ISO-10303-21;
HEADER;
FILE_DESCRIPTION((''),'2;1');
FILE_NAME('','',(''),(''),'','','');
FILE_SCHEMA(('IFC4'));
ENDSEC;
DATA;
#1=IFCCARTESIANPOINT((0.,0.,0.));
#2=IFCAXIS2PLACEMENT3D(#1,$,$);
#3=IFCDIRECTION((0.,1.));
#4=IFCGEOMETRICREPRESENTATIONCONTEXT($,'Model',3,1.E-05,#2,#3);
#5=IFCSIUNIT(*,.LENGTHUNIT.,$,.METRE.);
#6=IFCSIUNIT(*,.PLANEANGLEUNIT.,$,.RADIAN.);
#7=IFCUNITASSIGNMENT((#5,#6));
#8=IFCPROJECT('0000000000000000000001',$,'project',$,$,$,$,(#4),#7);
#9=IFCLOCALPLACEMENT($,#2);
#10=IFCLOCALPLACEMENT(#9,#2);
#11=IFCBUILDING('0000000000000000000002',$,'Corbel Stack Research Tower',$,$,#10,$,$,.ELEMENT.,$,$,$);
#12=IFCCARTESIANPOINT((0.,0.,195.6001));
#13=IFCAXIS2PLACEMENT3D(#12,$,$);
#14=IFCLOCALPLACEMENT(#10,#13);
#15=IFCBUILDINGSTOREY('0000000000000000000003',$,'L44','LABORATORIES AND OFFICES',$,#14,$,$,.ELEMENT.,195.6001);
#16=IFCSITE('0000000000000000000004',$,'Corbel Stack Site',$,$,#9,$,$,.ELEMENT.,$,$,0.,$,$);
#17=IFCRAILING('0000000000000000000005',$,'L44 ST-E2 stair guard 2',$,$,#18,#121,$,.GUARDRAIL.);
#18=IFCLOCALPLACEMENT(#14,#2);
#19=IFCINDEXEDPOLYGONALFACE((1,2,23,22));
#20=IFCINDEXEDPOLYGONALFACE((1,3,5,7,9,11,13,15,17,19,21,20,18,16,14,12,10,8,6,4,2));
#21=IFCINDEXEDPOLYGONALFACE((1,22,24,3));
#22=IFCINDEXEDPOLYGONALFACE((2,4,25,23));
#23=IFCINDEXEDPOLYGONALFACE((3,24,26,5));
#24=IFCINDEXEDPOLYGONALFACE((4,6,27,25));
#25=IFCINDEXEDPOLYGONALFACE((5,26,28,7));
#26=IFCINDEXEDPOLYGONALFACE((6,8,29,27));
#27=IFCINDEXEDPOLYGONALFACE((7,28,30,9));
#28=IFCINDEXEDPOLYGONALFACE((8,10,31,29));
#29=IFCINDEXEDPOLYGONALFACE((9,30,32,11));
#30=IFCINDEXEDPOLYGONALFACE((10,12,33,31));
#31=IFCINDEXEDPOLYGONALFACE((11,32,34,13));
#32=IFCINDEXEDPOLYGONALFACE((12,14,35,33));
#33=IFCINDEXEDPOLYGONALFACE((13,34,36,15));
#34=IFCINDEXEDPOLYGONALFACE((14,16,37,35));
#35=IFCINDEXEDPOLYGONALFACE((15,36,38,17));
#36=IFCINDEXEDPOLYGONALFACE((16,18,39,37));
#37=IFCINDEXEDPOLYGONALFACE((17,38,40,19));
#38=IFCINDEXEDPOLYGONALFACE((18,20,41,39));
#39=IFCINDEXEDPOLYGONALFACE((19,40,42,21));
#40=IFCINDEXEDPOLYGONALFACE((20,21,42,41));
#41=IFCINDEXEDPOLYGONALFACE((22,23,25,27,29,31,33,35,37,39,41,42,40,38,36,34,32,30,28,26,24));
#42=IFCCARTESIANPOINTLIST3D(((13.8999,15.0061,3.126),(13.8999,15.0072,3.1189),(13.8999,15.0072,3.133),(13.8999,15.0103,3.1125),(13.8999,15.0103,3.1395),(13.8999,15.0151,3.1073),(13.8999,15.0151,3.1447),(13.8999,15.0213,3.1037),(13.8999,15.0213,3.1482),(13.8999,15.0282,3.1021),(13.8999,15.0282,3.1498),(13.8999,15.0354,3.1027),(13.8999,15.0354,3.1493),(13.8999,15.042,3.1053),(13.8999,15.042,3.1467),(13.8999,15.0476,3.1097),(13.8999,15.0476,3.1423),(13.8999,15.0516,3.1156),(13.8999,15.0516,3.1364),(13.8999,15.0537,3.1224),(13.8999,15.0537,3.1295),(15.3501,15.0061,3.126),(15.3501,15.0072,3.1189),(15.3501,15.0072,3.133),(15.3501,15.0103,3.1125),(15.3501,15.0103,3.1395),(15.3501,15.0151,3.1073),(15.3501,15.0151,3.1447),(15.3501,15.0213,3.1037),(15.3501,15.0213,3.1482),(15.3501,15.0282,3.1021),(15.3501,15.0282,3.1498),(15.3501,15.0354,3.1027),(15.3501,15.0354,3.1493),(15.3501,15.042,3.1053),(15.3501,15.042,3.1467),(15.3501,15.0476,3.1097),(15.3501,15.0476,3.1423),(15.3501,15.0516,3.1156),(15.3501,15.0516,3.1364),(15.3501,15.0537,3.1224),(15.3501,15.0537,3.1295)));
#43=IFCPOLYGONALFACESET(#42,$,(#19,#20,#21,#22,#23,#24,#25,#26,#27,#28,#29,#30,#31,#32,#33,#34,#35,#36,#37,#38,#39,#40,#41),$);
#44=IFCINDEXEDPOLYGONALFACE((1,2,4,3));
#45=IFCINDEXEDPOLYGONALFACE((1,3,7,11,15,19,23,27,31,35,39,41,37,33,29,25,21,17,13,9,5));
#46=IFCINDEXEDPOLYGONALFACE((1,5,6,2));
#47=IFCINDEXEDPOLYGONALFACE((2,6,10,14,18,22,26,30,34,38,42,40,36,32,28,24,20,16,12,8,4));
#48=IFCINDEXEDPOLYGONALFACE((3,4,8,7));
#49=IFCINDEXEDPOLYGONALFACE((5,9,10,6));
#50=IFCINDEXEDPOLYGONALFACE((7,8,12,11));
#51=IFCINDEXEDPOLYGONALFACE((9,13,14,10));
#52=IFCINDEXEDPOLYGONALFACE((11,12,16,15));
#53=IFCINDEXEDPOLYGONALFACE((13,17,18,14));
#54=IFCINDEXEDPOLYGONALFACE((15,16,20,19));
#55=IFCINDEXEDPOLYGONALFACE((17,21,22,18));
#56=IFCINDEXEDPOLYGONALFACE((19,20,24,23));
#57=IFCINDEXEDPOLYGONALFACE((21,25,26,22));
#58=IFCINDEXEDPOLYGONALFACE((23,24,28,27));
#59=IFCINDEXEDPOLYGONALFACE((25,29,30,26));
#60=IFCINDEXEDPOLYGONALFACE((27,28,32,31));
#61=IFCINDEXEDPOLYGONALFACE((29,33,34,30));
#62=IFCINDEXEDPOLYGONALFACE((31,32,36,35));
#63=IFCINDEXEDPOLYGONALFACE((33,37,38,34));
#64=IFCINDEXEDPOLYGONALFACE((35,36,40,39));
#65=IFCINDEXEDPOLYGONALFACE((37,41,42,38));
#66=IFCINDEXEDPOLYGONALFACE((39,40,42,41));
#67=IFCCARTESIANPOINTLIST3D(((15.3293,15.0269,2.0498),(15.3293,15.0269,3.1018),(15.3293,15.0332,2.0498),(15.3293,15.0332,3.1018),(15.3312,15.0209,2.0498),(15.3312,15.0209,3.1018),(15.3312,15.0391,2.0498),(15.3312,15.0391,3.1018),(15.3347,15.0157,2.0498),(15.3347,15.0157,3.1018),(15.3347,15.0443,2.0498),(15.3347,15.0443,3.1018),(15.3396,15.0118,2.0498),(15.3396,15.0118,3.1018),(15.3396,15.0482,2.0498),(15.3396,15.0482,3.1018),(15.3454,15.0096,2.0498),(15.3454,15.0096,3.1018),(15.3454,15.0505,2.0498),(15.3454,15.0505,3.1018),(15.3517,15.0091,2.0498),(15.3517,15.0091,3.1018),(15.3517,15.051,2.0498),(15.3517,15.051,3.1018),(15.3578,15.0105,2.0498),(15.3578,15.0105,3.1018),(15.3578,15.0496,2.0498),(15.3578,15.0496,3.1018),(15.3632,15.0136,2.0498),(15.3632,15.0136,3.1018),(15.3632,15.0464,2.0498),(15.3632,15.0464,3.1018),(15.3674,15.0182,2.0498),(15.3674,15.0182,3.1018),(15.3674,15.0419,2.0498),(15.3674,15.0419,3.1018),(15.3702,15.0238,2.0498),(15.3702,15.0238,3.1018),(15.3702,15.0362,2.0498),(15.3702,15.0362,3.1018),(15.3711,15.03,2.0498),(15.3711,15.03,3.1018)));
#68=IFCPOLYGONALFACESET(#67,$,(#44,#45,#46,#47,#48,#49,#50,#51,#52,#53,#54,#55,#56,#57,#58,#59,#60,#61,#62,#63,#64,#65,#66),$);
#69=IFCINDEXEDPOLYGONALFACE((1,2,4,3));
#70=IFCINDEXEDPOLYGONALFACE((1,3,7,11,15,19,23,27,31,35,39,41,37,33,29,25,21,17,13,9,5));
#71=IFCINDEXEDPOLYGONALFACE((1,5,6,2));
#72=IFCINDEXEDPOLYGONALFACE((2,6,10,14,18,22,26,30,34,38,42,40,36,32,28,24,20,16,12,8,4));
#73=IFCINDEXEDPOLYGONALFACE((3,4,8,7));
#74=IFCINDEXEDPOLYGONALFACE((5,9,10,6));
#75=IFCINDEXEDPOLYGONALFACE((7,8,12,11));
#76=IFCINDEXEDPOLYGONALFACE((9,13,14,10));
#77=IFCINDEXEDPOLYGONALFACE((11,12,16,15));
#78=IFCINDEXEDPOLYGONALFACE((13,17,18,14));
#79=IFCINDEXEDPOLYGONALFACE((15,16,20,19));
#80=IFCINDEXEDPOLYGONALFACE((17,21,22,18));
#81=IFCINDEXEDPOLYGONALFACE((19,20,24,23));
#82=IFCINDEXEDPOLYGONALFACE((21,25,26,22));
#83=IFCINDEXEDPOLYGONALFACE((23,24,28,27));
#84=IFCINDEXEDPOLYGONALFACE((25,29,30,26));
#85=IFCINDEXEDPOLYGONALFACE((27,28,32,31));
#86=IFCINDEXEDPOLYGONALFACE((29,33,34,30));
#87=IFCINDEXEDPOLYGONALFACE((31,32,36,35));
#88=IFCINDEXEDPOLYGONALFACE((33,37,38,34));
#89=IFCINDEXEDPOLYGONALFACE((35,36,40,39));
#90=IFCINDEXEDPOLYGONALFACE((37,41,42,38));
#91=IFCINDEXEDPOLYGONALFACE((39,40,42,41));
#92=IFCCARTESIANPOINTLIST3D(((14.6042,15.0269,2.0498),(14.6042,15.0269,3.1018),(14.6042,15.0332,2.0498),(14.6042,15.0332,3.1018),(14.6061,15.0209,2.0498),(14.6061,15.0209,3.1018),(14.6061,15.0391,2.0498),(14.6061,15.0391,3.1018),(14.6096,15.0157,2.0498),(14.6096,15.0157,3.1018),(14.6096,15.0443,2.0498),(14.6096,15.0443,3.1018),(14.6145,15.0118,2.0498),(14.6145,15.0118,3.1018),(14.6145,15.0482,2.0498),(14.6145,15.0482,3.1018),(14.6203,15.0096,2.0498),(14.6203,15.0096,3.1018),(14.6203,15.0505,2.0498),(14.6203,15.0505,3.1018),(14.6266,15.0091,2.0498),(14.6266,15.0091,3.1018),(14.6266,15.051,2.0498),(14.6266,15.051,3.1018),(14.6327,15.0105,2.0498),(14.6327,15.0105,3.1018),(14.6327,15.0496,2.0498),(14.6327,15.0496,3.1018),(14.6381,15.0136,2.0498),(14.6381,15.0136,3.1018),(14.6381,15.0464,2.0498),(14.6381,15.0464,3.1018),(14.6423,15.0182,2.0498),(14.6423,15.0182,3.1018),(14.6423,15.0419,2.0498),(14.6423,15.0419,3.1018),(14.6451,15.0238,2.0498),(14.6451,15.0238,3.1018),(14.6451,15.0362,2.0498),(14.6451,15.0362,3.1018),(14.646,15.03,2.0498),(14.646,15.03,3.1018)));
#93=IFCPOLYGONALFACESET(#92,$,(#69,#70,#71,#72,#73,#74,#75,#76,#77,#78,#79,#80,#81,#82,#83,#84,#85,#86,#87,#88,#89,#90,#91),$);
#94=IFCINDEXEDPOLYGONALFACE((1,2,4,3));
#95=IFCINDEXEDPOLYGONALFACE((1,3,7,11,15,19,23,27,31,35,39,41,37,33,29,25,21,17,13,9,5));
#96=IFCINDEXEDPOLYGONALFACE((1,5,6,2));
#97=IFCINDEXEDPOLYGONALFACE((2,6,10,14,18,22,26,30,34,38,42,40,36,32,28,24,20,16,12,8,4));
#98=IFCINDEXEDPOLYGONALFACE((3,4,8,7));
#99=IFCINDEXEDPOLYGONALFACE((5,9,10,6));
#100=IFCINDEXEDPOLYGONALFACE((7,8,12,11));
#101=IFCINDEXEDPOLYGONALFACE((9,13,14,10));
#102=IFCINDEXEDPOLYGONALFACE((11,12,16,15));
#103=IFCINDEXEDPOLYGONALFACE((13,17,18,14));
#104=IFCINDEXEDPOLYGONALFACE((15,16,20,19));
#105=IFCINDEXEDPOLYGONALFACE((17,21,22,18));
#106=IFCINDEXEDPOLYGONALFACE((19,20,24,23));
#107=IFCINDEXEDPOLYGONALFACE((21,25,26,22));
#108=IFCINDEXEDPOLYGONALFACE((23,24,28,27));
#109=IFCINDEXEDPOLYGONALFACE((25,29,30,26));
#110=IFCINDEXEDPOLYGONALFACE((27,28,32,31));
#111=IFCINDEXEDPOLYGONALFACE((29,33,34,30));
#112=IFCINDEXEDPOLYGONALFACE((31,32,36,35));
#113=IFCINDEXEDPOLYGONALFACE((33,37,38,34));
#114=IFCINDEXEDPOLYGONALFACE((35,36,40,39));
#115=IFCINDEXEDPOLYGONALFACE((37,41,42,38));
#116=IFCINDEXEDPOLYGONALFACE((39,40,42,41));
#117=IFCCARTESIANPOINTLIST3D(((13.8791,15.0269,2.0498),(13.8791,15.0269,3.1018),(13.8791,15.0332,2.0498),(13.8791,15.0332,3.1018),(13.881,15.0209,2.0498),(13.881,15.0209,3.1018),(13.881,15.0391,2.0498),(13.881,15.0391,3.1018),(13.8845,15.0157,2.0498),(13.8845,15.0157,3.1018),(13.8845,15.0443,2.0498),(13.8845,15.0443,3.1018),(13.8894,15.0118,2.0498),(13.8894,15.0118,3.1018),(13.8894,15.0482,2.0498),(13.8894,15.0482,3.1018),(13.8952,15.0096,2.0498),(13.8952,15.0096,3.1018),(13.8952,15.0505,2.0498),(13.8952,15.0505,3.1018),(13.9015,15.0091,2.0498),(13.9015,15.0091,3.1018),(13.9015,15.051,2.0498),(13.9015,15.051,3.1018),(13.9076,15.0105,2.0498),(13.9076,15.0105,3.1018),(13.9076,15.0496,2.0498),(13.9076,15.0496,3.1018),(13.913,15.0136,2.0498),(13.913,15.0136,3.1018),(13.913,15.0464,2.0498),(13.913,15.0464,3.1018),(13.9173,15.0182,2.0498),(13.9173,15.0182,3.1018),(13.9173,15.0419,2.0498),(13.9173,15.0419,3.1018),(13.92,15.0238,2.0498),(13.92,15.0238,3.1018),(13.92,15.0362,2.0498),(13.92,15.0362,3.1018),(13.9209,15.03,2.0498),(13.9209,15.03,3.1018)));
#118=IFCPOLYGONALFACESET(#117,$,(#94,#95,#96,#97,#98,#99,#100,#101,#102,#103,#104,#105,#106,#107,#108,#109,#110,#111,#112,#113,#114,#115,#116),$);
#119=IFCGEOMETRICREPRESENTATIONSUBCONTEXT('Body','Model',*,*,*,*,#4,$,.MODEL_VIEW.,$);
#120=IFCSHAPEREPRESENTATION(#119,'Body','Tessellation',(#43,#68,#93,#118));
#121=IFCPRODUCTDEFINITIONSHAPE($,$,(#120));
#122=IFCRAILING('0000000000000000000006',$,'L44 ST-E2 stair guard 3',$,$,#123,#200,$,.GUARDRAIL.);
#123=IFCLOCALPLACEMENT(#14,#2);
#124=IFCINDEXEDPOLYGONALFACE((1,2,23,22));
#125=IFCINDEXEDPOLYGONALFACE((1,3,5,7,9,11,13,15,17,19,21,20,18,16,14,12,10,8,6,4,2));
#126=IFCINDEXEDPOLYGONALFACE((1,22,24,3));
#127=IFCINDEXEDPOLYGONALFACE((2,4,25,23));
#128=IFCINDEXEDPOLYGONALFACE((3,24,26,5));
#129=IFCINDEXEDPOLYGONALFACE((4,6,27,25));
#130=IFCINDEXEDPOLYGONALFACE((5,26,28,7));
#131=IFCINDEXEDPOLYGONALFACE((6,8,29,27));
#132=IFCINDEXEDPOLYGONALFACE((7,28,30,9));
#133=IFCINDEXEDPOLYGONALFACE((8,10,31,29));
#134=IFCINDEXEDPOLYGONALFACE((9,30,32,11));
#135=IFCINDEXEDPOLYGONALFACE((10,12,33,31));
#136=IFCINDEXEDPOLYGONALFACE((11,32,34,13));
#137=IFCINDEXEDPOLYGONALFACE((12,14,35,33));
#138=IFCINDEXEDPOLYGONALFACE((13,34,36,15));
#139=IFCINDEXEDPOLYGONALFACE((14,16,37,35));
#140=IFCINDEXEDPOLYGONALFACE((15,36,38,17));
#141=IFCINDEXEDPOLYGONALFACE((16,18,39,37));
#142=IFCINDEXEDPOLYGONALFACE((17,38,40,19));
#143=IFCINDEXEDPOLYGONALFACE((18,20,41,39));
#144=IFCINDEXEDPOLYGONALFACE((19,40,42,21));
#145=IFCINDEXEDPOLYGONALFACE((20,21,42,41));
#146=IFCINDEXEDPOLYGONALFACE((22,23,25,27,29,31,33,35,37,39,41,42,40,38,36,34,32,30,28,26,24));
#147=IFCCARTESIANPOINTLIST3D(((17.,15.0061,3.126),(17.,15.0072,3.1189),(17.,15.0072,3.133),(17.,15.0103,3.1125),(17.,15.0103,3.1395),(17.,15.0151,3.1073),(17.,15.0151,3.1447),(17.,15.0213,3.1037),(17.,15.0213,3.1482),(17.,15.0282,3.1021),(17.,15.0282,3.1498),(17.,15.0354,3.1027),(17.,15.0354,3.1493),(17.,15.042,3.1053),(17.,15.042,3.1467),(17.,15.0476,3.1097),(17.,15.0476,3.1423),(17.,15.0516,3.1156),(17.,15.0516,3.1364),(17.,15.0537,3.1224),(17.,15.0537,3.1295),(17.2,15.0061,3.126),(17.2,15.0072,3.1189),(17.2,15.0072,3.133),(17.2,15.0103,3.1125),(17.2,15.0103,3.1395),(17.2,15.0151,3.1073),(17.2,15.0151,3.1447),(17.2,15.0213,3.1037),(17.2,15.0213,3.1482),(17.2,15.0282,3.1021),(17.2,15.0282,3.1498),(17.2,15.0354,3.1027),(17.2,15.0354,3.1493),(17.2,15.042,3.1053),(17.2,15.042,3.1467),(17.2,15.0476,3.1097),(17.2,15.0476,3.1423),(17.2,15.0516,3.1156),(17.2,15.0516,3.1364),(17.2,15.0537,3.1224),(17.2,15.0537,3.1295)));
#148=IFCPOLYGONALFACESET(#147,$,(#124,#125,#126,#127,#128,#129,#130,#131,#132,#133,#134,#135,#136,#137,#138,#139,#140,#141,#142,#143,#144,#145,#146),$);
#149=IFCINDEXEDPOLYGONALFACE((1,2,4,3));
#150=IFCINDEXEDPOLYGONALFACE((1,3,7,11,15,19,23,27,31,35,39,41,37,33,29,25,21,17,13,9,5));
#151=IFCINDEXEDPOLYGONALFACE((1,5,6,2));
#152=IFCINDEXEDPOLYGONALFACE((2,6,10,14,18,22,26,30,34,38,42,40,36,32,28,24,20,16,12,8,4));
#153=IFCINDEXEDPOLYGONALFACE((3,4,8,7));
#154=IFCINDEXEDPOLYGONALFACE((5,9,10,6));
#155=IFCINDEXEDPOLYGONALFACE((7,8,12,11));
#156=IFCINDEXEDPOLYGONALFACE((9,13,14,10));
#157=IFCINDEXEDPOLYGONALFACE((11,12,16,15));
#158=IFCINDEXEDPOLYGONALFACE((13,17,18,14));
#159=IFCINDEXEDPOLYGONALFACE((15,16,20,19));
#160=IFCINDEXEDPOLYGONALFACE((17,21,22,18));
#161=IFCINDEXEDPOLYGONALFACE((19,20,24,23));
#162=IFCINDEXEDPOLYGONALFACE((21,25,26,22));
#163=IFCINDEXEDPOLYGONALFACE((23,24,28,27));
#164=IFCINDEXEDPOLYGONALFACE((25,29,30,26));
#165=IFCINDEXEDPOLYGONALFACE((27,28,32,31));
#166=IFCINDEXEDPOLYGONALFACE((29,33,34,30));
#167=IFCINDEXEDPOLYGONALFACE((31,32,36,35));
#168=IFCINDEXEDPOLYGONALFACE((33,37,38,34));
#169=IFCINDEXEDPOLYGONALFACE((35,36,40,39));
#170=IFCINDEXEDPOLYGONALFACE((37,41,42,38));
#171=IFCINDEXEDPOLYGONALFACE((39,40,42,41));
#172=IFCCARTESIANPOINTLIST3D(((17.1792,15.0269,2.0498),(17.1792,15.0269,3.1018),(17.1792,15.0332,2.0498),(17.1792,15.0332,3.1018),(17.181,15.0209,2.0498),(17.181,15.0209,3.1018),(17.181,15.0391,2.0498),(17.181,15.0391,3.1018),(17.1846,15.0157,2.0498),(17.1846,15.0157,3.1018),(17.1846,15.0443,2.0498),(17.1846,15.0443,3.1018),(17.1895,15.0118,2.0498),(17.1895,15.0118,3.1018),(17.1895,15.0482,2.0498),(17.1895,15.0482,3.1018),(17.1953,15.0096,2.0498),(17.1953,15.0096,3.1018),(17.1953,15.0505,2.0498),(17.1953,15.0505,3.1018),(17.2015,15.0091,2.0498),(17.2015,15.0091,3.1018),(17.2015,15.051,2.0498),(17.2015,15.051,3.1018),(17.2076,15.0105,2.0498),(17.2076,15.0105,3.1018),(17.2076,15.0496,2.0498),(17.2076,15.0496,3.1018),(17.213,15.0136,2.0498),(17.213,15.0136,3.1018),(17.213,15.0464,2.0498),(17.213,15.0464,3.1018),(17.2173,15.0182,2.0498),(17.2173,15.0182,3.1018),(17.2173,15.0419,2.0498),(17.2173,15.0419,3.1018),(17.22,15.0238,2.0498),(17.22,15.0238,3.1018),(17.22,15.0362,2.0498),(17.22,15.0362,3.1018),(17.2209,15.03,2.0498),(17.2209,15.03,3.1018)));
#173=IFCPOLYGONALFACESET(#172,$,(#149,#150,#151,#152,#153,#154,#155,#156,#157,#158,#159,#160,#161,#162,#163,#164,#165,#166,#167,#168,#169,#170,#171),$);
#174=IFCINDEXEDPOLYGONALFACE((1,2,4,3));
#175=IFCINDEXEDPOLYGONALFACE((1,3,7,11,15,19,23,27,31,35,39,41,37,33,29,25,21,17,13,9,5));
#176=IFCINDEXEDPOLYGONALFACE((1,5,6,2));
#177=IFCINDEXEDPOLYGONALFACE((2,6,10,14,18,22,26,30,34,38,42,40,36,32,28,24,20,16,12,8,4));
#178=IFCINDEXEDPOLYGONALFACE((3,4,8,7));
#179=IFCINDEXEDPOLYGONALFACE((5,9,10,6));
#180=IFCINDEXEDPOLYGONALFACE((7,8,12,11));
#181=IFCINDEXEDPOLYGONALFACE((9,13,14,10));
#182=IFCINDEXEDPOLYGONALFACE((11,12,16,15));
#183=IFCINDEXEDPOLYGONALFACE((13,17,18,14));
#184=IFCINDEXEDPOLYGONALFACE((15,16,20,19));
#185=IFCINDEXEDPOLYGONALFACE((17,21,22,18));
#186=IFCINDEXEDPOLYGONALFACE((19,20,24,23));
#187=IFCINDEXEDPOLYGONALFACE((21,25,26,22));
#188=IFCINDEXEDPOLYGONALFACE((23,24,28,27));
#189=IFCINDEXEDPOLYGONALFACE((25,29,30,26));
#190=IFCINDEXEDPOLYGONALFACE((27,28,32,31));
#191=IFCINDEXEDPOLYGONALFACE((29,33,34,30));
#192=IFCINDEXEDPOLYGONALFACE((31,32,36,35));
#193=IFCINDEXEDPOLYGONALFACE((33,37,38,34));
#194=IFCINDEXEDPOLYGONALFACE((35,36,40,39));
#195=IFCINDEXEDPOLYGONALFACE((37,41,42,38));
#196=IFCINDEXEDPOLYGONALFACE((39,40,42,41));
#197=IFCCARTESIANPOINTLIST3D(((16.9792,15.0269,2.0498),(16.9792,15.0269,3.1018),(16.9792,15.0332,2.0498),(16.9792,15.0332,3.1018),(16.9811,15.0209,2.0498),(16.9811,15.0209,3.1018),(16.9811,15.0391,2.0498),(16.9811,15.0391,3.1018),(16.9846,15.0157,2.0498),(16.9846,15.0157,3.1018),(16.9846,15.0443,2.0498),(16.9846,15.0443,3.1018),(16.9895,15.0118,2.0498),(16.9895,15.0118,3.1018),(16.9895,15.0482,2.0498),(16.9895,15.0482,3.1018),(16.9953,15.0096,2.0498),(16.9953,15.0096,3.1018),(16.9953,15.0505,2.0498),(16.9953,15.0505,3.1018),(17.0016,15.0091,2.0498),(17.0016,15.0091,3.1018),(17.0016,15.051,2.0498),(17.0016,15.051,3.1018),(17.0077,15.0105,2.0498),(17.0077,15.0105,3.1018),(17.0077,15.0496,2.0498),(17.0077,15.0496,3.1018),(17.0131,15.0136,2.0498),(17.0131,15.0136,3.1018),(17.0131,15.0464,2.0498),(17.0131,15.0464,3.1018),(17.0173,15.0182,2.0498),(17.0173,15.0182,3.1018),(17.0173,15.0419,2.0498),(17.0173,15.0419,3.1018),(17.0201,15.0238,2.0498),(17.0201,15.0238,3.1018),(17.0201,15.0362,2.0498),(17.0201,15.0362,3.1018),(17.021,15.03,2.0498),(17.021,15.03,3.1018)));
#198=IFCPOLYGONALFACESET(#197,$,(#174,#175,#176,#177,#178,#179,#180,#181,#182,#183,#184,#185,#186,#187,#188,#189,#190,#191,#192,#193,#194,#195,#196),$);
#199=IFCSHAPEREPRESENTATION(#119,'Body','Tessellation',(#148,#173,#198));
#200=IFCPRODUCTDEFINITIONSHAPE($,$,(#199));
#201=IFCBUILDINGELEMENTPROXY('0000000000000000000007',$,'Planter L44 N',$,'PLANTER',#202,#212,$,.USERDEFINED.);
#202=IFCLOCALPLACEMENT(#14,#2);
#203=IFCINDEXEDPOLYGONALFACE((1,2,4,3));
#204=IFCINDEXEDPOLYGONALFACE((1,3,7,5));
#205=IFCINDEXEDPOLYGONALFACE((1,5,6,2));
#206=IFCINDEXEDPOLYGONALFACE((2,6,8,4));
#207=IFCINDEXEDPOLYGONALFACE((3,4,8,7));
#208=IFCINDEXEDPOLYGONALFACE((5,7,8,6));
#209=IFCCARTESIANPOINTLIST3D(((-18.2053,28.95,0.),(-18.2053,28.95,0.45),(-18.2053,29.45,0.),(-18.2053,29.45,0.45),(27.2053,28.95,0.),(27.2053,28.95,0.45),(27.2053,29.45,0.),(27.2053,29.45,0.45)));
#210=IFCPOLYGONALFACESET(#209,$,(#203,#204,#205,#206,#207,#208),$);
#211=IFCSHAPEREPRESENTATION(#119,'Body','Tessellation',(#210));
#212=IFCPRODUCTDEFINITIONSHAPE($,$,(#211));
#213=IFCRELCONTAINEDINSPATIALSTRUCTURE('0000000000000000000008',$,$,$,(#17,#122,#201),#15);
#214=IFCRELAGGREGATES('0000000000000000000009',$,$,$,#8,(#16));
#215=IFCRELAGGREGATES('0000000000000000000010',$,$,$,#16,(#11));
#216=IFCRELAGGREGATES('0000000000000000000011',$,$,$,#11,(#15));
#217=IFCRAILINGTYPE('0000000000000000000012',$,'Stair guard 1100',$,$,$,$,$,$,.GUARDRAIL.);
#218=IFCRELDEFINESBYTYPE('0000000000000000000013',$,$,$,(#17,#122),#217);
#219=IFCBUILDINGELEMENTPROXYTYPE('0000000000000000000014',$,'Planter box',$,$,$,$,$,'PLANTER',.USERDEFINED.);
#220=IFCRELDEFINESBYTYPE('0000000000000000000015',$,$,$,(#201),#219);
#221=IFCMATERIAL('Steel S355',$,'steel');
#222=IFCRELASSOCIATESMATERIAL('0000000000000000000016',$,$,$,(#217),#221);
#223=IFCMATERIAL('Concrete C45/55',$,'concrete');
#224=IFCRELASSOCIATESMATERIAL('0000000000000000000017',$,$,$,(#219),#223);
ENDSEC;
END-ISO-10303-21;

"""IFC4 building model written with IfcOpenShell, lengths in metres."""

from ifc_helpers import new_model, si_unit, direction, frame, origin, origin_2d, place, context, subcontext, project, spatial, rectangle, circle, extrude, material, type_object, element, save


model = new_model("IFC4")

# Units and contexts
model_context = context("Model", 3, precision=1e-05, world=origin(), true_north=direction((0.0, 1.0)))
body_context = subcontext(model_context, "Body", "Model", "MODEL_VIEW")
ifc_project = project(units=[si_unit("LENGTHUNIT", "METRE"), si_unit("PLANEANGLEUNIT", "RADIAN")], contexts=[model_context])

# Site, building, storey
site_placement = place(None, origin())
site = spatial("IfcSite", under=ifc_project, at=site_placement, Name="Corbel Stack Site", CompositionType="ELEMENT", RefElevation=0.0)
building_placement = place(site_placement, origin())
building = spatial("IfcBuilding", under=site, at=building_placement, Name="Corbel Stack Research Tower", CompositionType="ELEMENT")
storey_placement = place(building_placement, frame((0.0, 0.0, 195.6001)))
storey = spatial("IfcBuildingStorey", under=building, at=storey_placement, Name="L44", Description="LABORATORIES AND OFFICES", CompositionType="ELEMENT", Elevation=195.6001)

# Railings
ifc_material_1 = material(Name="Steel S355", Category="steel")
railing_type = type_object("IfcRailingType", Name="Stair guard 1100", PredefinedType="GUARDRAIL", material=ifc_material_1)
railing_1_placement = place(storey_placement, frame((15.3501, 15.03, 2.0498)))
element("IfcRailing", 1, at=railing_1_placement, inside=storey, type_object=railing_type, Name="L44 ST-E2 stair guard 2", PredefinedType="GUARDRAIL", context=body_context, shape_type="SweptSolid", body=[
    extrude(circle(Radius=0.0239, at=origin_2d()), frame((0.0, 0.0, 1.0762), z_axis=(-1.0, 0.0, 0.0), x_axis=(0.0, -1.0, 0.0)), (0.0, 0.0, 1.0), 1.4502),
    extrude(circle(Radius=0.021, at=origin_2d()), origin(), (0.0, 0.0, 1.0), 1.052),
    extrude(circle(Radius=0.021, at=origin_2d()), frame((-0.7251, 0.0, 0.0)), (0.0, 0.0, 1.0), 1.052),
    extrude(circle(Radius=0.021, at=origin_2d()), frame((-1.4502, 0.0, 0.0)), (0.0, 0.0, 1.0), 1.052),
])
railing_2_placement = place(storey_placement, frame((17.2, 15.03, 2.0498)))
element("IfcRailing", 2, at=railing_2_placement, inside=storey, type_object=railing_type, Name="L44 ST-E2 stair guard 3", PredefinedType="GUARDRAIL", context=body_context, shape_type="SweptSolid", body=[
    extrude(circle(Radius=0.0239, at=origin_2d()), frame((0.0, 0.0, 1.0762), z_axis=(-1.0, 0.0, 0.0), x_axis=(0.0, -1.0, 0.0)), (0.0, 0.0, 1.0), 0.2),
    extrude(circle(Radius=0.021, at=origin_2d()), origin(), (0.0, 0.0, 1.0), 1.052),
    extrude(circle(Radius=0.021, at=origin_2d()), frame((-0.2, 0.0, 0.0)), (0.0, 0.0, 1.0), 1.052),
])

# Building element proxy
ifc_material_2 = material(Name="Concrete C45/55", Category="concrete")
building_element_proxy_type = type_object("IfcBuildingElementProxyType", Name="Planter box", ElementType="PLANTER", PredefinedType="USERDEFINED", material=ifc_material_2)
proxy_placement = place(storey_placement, frame((4.5, 29.2, 0.0), z_axis=(0.0, 0.0, 1.0), x_axis=(-1.0, 0.0, 0.0)))
element("IfcBuildingElementProxy", 3, at=proxy_placement, inside=storey, type_object=building_element_proxy_type, Name="Planter L44 N", ObjectType="PLANTER", PredefinedType="USERDEFINED", context=body_context, shape_type="SweptSolid", body=[
    extrude(rectangle(XDim=45.4106, YDim=0.5, at=origin_2d()), origin(), (0.0, 0.0, 1.0), 0.45),
])

save(model, "model.ifc")
